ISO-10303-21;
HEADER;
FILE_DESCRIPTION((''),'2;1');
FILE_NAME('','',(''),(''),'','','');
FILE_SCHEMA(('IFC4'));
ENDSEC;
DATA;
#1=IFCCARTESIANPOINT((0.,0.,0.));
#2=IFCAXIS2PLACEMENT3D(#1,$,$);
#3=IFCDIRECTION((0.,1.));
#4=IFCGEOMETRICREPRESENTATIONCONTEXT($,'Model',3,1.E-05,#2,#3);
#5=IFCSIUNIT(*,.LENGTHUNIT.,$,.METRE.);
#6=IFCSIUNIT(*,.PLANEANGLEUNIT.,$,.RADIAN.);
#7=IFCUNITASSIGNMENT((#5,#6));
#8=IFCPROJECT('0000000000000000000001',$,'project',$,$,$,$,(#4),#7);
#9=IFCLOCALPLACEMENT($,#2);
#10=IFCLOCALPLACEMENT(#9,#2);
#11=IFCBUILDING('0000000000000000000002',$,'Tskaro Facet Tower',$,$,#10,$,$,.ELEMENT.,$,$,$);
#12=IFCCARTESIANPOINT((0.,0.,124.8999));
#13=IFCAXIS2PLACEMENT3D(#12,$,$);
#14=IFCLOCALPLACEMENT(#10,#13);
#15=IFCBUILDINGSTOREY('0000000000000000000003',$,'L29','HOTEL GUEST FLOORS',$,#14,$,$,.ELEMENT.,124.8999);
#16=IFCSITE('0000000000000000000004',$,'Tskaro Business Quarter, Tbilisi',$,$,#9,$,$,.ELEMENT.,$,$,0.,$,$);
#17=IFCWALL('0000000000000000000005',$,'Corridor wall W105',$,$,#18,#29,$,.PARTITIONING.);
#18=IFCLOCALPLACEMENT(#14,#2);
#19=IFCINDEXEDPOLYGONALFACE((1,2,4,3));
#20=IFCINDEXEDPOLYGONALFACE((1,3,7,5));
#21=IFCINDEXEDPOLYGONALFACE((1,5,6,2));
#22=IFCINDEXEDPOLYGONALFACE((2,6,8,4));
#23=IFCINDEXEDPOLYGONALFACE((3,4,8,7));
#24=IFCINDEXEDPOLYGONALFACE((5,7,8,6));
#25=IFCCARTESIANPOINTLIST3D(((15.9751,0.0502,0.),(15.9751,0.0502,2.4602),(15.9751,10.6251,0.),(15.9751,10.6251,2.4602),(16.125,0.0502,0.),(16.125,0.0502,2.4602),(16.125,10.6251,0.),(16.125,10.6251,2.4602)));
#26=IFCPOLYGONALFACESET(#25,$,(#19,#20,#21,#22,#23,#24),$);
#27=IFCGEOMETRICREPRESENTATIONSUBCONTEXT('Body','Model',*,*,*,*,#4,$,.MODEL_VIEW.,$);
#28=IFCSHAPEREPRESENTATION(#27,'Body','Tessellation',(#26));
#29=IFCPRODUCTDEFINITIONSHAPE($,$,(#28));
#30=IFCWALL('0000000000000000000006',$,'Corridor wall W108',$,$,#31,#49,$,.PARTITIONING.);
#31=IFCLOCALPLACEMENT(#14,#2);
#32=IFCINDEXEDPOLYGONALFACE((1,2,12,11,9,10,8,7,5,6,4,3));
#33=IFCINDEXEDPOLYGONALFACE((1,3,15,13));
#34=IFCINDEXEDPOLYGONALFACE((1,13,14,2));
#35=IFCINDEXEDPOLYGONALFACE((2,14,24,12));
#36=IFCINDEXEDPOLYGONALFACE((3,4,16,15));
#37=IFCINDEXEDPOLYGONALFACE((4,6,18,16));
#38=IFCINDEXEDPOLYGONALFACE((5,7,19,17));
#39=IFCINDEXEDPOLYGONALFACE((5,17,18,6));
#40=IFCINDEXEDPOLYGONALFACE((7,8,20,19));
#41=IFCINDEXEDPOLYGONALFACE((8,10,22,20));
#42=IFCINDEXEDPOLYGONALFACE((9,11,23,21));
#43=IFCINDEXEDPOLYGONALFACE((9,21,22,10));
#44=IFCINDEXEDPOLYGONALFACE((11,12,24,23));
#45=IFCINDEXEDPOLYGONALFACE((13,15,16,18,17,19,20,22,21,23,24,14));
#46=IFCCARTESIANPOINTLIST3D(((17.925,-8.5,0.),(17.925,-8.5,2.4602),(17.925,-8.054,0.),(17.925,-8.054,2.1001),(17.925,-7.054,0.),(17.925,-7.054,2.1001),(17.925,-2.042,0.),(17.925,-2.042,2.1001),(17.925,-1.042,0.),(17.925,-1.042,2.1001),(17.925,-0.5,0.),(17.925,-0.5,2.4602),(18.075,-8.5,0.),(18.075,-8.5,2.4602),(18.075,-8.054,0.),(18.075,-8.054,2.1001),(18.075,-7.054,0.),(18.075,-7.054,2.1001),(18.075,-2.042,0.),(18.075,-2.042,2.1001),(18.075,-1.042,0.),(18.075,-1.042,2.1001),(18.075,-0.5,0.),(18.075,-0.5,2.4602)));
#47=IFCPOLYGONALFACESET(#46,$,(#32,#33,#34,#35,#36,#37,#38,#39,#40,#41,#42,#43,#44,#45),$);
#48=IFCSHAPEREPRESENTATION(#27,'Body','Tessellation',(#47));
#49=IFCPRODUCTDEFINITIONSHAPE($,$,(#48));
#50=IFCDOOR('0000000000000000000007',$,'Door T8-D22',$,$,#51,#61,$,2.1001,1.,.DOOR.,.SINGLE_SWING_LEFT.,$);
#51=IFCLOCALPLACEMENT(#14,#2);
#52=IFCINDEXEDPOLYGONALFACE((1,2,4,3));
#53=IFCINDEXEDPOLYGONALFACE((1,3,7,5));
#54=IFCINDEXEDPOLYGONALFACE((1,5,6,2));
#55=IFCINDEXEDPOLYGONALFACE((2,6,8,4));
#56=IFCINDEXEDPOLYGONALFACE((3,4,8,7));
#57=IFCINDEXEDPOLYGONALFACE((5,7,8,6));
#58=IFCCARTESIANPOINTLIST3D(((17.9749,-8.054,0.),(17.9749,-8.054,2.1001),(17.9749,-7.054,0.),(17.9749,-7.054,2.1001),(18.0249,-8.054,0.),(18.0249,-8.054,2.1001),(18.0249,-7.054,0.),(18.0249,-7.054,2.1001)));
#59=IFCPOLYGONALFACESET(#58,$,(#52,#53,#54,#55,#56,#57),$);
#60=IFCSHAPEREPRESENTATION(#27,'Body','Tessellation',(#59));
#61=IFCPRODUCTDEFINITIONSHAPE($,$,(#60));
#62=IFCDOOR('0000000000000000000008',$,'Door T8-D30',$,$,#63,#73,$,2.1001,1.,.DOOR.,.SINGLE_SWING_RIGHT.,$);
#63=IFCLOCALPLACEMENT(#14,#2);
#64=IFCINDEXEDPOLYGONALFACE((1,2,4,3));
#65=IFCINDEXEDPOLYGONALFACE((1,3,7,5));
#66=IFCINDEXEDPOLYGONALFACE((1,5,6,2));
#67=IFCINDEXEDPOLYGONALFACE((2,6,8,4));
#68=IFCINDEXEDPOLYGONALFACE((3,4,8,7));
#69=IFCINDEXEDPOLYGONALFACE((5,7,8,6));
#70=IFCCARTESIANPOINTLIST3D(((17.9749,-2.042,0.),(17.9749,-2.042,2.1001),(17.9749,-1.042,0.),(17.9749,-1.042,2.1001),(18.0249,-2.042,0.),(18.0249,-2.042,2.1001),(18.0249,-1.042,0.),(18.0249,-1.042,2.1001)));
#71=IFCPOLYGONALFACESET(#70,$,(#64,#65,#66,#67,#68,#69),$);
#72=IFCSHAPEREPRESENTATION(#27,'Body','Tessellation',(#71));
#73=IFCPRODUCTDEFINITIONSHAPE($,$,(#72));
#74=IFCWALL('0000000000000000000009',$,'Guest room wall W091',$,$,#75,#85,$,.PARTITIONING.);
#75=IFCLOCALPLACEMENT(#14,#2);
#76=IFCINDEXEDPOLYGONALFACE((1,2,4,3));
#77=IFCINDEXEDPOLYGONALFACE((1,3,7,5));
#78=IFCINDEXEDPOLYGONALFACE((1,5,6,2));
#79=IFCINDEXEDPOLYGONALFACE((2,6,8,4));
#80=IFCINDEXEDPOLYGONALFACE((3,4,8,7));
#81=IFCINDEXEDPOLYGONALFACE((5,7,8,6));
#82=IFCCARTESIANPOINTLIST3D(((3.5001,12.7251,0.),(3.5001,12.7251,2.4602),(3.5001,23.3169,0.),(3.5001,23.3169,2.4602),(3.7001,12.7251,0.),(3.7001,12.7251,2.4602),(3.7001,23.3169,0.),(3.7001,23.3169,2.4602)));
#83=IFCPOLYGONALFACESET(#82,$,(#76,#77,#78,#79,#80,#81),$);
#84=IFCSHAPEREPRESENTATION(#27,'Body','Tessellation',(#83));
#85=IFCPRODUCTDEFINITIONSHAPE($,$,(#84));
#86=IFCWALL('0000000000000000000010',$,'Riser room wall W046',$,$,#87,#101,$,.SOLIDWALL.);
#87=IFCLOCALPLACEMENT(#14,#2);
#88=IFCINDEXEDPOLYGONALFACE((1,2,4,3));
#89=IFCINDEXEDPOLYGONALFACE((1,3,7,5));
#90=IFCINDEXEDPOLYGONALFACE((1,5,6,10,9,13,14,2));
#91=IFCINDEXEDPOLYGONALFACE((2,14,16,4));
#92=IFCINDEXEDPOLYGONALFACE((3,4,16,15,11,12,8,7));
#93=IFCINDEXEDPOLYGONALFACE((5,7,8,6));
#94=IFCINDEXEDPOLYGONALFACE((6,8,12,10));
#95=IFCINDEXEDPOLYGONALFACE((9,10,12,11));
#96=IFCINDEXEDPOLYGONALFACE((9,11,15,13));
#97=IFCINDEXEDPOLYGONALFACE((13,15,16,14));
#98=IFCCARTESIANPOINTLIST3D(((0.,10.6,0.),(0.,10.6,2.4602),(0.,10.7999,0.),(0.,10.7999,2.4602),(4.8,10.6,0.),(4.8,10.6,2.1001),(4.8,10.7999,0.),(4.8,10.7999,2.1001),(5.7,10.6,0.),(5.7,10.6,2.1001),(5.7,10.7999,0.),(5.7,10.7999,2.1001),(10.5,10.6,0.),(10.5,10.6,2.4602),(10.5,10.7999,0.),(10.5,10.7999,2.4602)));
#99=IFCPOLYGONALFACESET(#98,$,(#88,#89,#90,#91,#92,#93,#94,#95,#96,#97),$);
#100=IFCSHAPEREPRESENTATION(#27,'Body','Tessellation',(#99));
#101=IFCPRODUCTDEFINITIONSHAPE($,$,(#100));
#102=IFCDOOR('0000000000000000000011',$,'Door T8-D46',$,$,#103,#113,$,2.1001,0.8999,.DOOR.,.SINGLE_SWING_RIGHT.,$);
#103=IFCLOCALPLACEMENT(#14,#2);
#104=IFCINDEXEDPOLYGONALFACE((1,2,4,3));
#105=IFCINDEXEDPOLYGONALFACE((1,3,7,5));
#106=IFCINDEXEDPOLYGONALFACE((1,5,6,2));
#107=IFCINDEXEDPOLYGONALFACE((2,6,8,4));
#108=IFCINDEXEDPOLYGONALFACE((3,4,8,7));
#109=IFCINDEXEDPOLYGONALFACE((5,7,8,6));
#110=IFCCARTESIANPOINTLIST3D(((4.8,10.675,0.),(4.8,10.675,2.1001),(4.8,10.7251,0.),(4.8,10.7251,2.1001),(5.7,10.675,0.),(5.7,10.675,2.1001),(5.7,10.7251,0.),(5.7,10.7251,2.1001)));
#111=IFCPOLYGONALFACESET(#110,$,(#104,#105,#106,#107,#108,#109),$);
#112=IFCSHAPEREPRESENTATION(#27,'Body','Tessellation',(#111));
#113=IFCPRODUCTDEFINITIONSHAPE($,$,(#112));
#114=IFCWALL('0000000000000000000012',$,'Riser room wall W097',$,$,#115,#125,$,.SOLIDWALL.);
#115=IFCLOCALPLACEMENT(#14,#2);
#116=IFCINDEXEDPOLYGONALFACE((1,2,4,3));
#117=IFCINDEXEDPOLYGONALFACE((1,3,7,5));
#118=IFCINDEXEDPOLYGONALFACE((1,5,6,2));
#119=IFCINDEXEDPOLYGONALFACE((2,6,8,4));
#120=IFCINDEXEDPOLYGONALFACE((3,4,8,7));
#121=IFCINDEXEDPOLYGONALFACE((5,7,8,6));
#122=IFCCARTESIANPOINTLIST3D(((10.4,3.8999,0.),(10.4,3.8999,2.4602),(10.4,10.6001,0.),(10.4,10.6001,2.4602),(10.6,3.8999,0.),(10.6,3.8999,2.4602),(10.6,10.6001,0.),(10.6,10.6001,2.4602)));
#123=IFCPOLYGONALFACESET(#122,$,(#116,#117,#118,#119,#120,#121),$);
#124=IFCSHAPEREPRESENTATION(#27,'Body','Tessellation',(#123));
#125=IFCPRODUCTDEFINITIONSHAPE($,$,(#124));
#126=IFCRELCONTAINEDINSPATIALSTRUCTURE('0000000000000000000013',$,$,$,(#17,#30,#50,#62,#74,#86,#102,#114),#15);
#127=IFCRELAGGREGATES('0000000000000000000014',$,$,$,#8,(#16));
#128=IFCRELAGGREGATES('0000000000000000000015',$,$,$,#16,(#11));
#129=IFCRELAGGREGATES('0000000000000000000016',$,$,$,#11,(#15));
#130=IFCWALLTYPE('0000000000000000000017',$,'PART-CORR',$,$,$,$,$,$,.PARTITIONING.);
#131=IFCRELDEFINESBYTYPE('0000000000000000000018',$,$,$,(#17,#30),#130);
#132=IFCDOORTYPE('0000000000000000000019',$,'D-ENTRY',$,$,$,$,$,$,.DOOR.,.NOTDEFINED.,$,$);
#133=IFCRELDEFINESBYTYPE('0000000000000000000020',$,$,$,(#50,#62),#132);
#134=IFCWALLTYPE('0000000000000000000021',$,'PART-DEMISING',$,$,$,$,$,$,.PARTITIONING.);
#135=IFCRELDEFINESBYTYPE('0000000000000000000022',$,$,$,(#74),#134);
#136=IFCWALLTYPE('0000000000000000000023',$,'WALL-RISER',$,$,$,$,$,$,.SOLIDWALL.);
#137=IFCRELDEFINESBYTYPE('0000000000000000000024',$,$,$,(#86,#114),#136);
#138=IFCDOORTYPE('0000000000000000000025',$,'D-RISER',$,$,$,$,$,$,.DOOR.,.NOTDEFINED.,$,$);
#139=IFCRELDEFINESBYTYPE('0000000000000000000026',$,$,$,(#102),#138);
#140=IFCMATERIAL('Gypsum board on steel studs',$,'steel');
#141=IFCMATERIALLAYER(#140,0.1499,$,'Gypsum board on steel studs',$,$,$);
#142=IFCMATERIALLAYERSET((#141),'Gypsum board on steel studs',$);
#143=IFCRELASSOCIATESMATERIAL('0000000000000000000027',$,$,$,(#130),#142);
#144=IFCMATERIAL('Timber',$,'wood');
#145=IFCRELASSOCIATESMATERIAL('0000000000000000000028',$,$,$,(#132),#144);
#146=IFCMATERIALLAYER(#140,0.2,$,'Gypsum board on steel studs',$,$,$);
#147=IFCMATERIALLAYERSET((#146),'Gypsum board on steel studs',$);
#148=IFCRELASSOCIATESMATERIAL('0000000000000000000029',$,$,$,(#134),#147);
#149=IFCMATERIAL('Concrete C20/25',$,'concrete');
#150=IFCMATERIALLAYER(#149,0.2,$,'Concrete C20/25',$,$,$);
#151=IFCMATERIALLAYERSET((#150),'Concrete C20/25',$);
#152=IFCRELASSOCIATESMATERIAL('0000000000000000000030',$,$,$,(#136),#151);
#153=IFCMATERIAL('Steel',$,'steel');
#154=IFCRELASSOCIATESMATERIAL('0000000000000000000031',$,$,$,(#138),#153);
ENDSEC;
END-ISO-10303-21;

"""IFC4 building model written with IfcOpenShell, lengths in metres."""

from ifc_helpers import new_model, si_unit, direction, frame, frame_2d, origin, place, context, subcontext, project, spatial, rectangle, extrude, material, layer, layer_set, type_object, element, fill, save


model = new_model("IFC4")

# Units and contexts
model_context = context("Model", 3, precision=1e-05, world=origin(), true_north=direction((0.0, 1.0)))
body_context = subcontext(model_context, "Body", "Model", "MODEL_VIEW")
ifc_project = project(units=[si_unit("LENGTHUNIT", "METRE"), si_unit("PLANEANGLEUNIT", "RADIAN")], contexts=[model_context])

# Site, building, storey
site_placement = place(None, origin())
site = spatial("IfcSite", under=ifc_project, at=site_placement, Name="Tskaro Business Quarter, Tbilisi", CompositionType="ELEMENT", RefElevation=0.0)
building_placement = place(site_placement, origin())
building = spatial("IfcBuilding", under=site, at=building_placement, Name="Tskaro Facet Tower", CompositionType="ELEMENT")
storey_placement = place(building_placement, frame((0.0, 0.0, 124.8999)))
storey = spatial("IfcBuildingStorey", under=building, at=storey_placement, Name="L29", Description="HOTEL GUEST FLOORS", CompositionType="ELEMENT", Elevation=124.8999)

# Shared definitions
ifc_material_1 = material(Name="Gypsum board on steel studs", Category="steel")

# Shared definitions
ifc_layer_1 = layer(ifc_material_1, 0.1499, Name="Gypsum board on steel studs")
ifc_layer_set_1 = layer_set([ifc_layer_1], Name="Gypsum board on steel studs")
wall_type_1 = type_object("IfcWallType", Name="PART-CORR", PredefinedType="PARTITIONING", material=ifc_layer_set_1)
ifc_material_2 = material(Name="Timber", Category="wood")

# Wall
wall_1_placement = place(storey_placement, frame((16.05, 0.05, 0.0), z_axis=(0.0, 0.0, 1.0), x_axis=(0.0, 1.0, 0.0)))
element("IfcWall", 1, at=wall_1_placement, inside=storey, type_object=wall_type_1, Name="Corridor wall W105", PredefinedType="PARTITIONING", context=body_context, shape_type="SweptSolid", body=[
    extrude(rectangle(XDim=10.575, YDim=0.1499, at=frame_2d((5.2876, 0.0))), origin(), (0.0, 0.0, 1.0), 2.4602),
])

# Wall, openings, doors
wall_2_placement = place(storey_placement, frame((18.0, -0.5, 0.0), z_axis=(0.0, 0.0, 1.0), x_axis=(0.0, -1.0, 0.0)))
wall_2 = element("IfcWall", 2, at=wall_2_placement, inside=storey, type_object=wall_type_1, Name="Corridor wall W108", PredefinedType="PARTITIONING", context=body_context, shape_type="SweptSolid", body=[
    extrude(rectangle(XDim=8.0, YDim=0.1499, at=frame_2d((4.0, 0.0))), origin(), (0.0, 0.0, 1.0), 2.4602),
])
opening_1_placement = place(wall_2_placement, frame((6.554, 0.0, 0.0)))
opening_1 = element("IfcOpeningElement", 3, at=opening_1_placement, cuts=wall_2, PredefinedType="OPENING", context=body_context, shape_type="SweptSolid", body=[
    extrude(rectangle(XDim=1.0, YDim=2.1001, at=frame_2d((0.5, 1.05))), frame((0.0, 0.085, 0.0), z_axis=(0.0, -1.0, 0.0), x_axis=(1.0, 0.0, 0.0)), (0.0, 0.0, 1.0), 0.1699),
])
opening_2_placement = place(wall_2_placement, frame((0.542, 0.0, 0.0)))
opening_2 = element("IfcOpeningElement", 4, at=opening_2_placement, cuts=wall_2, PredefinedType="OPENING", context=body_context, shape_type="SweptSolid", body=[
    extrude(rectangle(XDim=1.0, YDim=2.1001, at=frame_2d((0.5, 1.05))), frame((0.0, 0.085, 0.0), z_axis=(0.0, -1.0, 0.0), x_axis=(1.0, 0.0, 0.0)), (0.0, 0.0, 1.0), 0.1699),
])
door_type_1 = type_object("IfcDoorType", Name="D-ENTRY", OperationType="NOTDEFINED", PredefinedType="DOOR", material=ifc_material_2)
door_1_placement = place(opening_1_placement, origin())
door_1 = element("IfcDoor", 5, at=door_1_placement, inside=storey, type_object=door_type_1, Name="Door T8-D22", OperationType="SINGLE_SWING_LEFT", OverallHeight=2.1001, OverallWidth=1.0, PredefinedType="DOOR", context=body_context, shape_type="SweptSolid", body=[
    extrude(rectangle(XDim=1.0, YDim=2.1001, at=frame_2d((0.5, 1.05))), frame((0.0, 0.0249, 0.0), z_axis=(0.0, -1.0, 0.0), x_axis=(1.0, 0.0, 0.0)), (0.0, 0.0, 1.0), 0.05),
])
fill(opening_1, door_1)
door_2_placement = place(opening_2_placement, origin())
door_2 = element("IfcDoor", 6, at=door_2_placement, inside=storey, type_object=door_type_1, Name="Door T8-D30", OperationType="SINGLE_SWING_RIGHT", OverallHeight=2.1001, OverallWidth=1.0, PredefinedType="DOOR", context=body_context, shape_type="SweptSolid", body=[
    extrude(rectangle(XDim=1.0, YDim=2.1001, at=frame_2d((0.5, 1.05))), frame((0.0, 0.0249, 0.0), z_axis=(0.0, -1.0, 0.0), x_axis=(1.0, 0.0, 0.0)), (0.0, 0.0, 1.0), 0.05),
])
fill(opening_2, door_2)

# Wall
ifc_layer_2 = layer(ifc_material_1, 0.2, Name="Gypsum board on steel studs")
ifc_layer_set_2 = layer_set([ifc_layer_2], Name="Gypsum board on steel studs")
wall_type_2 = type_object("IfcWallType", Name="PART-DEMISING", PredefinedType="PARTITIONING", material=ifc_layer_set_2)
wall_3_placement = place(storey_placement, frame((3.6001, 12.7251, 0.0), z_axis=(0.0, 0.0, 1.0), x_axis=(0.0, 1.0, 0.0)))
element("IfcWall", 7, at=wall_3_placement, inside=storey, type_object=wall_type_2, Name="Guest room wall W091", PredefinedType="PARTITIONING", context=body_context, shape_type="SweptSolid", body=[
    extrude(rectangle(XDim=10.5918, YDim=0.2, at=frame_2d((5.2959, 0.0))), origin(), (0.0, 0.0, 1.0), 2.4602),
])

# Wall, opening, door
ifc_material_3 = material(Name="Concrete C20/25", Category="concrete")
ifc_layer_3 = layer(ifc_material_3, 0.2, Name="Concrete C20/25")
ifc_layer_set_3 = layer_set([ifc_layer_3], Name="Concrete C20/25")
wall_type_3 = type_object("IfcWallType", Name="WALL-RISER", PredefinedType="SOLIDWALL", material=ifc_layer_set_3)
wall_4_placement = place(storey_placement, frame((10.5, 10.7, 0.0), z_axis=(0.0, 0.0, 1.0), x_axis=(-1.0, 0.0, 0.0)))
wall_4 = element("IfcWall", 8, at=wall_4_placement, inside=storey, type_object=wall_type_3, Name="Riser room wall W046", PredefinedType="SOLIDWALL", context=body_context, shape_type="SweptSolid", body=[
    extrude(rectangle(XDim=10.5, YDim=0.2, at=frame_2d((5.25, 0.0))), origin(), (0.0, 0.0, 1.0), 2.4602),
])
opening_3_placement = place(wall_4_placement, frame((4.8, 0.0, 0.0)))
opening_3 = element("IfcOpeningElement", 9, at=opening_3_placement, cuts=wall_4, PredefinedType="OPENING", context=body_context, shape_type="SweptSolid", body=[
    extrude(rectangle(XDim=0.8999, YDim=2.1001, at=frame_2d((0.45, 1.05))), frame((0.0, 0.1099, 0.0), z_axis=(0.0, -1.0, 0.0), x_axis=(1.0, 0.0, 0.0)), (0.0, 0.0, 1.0), 0.22),
])
ifc_material_4 = material(Name="Steel", Category="steel")
door_type_2 = type_object("IfcDoorType", Name="D-RISER", OperationType="NOTDEFINED", PredefinedType="DOOR", material=ifc_material_4)
door_3_placement = place(opening_3_placement, origin())
door_3 = element("IfcDoor", 10, at=door_3_placement, inside=storey, type_object=door_type_2, Name="Door T8-D46", OperationType="SINGLE_SWING_RIGHT", OverallHeight=2.1001, OverallWidth=0.8999, PredefinedType="DOOR", context=body_context, shape_type="SweptSolid", body=[
    extrude(rectangle(XDim=0.8999, YDim=2.1001, at=frame_2d((0.45, 1.05))), frame((0.0, 0.0249, 0.0), z_axis=(0.0, -1.0, 0.0), x_axis=(1.0, 0.0, 0.0)), (0.0, 0.0, 1.0), 0.05),
])
fill(opening_3, door_3)

# Wall
wall_5_placement = place(storey_placement, frame((10.5, 3.8999, 0.0), z_axis=(0.0, 0.0, 1.0), x_axis=(0.0, 1.0, 0.0)))
element("IfcWall", 11, at=wall_5_placement, inside=storey, type_object=wall_type_3, Name="Riser room wall W097", PredefinedType="SOLIDWALL", context=body_context, shape_type="SweptSolid", body=[
    extrude(rectangle(XDim=6.7002, YDim=0.2, at=frame_2d((3.3501, 0.0))), origin(), (0.0, 0.0, 1.0), 2.4602),
])

save(model, "model.ifc")
